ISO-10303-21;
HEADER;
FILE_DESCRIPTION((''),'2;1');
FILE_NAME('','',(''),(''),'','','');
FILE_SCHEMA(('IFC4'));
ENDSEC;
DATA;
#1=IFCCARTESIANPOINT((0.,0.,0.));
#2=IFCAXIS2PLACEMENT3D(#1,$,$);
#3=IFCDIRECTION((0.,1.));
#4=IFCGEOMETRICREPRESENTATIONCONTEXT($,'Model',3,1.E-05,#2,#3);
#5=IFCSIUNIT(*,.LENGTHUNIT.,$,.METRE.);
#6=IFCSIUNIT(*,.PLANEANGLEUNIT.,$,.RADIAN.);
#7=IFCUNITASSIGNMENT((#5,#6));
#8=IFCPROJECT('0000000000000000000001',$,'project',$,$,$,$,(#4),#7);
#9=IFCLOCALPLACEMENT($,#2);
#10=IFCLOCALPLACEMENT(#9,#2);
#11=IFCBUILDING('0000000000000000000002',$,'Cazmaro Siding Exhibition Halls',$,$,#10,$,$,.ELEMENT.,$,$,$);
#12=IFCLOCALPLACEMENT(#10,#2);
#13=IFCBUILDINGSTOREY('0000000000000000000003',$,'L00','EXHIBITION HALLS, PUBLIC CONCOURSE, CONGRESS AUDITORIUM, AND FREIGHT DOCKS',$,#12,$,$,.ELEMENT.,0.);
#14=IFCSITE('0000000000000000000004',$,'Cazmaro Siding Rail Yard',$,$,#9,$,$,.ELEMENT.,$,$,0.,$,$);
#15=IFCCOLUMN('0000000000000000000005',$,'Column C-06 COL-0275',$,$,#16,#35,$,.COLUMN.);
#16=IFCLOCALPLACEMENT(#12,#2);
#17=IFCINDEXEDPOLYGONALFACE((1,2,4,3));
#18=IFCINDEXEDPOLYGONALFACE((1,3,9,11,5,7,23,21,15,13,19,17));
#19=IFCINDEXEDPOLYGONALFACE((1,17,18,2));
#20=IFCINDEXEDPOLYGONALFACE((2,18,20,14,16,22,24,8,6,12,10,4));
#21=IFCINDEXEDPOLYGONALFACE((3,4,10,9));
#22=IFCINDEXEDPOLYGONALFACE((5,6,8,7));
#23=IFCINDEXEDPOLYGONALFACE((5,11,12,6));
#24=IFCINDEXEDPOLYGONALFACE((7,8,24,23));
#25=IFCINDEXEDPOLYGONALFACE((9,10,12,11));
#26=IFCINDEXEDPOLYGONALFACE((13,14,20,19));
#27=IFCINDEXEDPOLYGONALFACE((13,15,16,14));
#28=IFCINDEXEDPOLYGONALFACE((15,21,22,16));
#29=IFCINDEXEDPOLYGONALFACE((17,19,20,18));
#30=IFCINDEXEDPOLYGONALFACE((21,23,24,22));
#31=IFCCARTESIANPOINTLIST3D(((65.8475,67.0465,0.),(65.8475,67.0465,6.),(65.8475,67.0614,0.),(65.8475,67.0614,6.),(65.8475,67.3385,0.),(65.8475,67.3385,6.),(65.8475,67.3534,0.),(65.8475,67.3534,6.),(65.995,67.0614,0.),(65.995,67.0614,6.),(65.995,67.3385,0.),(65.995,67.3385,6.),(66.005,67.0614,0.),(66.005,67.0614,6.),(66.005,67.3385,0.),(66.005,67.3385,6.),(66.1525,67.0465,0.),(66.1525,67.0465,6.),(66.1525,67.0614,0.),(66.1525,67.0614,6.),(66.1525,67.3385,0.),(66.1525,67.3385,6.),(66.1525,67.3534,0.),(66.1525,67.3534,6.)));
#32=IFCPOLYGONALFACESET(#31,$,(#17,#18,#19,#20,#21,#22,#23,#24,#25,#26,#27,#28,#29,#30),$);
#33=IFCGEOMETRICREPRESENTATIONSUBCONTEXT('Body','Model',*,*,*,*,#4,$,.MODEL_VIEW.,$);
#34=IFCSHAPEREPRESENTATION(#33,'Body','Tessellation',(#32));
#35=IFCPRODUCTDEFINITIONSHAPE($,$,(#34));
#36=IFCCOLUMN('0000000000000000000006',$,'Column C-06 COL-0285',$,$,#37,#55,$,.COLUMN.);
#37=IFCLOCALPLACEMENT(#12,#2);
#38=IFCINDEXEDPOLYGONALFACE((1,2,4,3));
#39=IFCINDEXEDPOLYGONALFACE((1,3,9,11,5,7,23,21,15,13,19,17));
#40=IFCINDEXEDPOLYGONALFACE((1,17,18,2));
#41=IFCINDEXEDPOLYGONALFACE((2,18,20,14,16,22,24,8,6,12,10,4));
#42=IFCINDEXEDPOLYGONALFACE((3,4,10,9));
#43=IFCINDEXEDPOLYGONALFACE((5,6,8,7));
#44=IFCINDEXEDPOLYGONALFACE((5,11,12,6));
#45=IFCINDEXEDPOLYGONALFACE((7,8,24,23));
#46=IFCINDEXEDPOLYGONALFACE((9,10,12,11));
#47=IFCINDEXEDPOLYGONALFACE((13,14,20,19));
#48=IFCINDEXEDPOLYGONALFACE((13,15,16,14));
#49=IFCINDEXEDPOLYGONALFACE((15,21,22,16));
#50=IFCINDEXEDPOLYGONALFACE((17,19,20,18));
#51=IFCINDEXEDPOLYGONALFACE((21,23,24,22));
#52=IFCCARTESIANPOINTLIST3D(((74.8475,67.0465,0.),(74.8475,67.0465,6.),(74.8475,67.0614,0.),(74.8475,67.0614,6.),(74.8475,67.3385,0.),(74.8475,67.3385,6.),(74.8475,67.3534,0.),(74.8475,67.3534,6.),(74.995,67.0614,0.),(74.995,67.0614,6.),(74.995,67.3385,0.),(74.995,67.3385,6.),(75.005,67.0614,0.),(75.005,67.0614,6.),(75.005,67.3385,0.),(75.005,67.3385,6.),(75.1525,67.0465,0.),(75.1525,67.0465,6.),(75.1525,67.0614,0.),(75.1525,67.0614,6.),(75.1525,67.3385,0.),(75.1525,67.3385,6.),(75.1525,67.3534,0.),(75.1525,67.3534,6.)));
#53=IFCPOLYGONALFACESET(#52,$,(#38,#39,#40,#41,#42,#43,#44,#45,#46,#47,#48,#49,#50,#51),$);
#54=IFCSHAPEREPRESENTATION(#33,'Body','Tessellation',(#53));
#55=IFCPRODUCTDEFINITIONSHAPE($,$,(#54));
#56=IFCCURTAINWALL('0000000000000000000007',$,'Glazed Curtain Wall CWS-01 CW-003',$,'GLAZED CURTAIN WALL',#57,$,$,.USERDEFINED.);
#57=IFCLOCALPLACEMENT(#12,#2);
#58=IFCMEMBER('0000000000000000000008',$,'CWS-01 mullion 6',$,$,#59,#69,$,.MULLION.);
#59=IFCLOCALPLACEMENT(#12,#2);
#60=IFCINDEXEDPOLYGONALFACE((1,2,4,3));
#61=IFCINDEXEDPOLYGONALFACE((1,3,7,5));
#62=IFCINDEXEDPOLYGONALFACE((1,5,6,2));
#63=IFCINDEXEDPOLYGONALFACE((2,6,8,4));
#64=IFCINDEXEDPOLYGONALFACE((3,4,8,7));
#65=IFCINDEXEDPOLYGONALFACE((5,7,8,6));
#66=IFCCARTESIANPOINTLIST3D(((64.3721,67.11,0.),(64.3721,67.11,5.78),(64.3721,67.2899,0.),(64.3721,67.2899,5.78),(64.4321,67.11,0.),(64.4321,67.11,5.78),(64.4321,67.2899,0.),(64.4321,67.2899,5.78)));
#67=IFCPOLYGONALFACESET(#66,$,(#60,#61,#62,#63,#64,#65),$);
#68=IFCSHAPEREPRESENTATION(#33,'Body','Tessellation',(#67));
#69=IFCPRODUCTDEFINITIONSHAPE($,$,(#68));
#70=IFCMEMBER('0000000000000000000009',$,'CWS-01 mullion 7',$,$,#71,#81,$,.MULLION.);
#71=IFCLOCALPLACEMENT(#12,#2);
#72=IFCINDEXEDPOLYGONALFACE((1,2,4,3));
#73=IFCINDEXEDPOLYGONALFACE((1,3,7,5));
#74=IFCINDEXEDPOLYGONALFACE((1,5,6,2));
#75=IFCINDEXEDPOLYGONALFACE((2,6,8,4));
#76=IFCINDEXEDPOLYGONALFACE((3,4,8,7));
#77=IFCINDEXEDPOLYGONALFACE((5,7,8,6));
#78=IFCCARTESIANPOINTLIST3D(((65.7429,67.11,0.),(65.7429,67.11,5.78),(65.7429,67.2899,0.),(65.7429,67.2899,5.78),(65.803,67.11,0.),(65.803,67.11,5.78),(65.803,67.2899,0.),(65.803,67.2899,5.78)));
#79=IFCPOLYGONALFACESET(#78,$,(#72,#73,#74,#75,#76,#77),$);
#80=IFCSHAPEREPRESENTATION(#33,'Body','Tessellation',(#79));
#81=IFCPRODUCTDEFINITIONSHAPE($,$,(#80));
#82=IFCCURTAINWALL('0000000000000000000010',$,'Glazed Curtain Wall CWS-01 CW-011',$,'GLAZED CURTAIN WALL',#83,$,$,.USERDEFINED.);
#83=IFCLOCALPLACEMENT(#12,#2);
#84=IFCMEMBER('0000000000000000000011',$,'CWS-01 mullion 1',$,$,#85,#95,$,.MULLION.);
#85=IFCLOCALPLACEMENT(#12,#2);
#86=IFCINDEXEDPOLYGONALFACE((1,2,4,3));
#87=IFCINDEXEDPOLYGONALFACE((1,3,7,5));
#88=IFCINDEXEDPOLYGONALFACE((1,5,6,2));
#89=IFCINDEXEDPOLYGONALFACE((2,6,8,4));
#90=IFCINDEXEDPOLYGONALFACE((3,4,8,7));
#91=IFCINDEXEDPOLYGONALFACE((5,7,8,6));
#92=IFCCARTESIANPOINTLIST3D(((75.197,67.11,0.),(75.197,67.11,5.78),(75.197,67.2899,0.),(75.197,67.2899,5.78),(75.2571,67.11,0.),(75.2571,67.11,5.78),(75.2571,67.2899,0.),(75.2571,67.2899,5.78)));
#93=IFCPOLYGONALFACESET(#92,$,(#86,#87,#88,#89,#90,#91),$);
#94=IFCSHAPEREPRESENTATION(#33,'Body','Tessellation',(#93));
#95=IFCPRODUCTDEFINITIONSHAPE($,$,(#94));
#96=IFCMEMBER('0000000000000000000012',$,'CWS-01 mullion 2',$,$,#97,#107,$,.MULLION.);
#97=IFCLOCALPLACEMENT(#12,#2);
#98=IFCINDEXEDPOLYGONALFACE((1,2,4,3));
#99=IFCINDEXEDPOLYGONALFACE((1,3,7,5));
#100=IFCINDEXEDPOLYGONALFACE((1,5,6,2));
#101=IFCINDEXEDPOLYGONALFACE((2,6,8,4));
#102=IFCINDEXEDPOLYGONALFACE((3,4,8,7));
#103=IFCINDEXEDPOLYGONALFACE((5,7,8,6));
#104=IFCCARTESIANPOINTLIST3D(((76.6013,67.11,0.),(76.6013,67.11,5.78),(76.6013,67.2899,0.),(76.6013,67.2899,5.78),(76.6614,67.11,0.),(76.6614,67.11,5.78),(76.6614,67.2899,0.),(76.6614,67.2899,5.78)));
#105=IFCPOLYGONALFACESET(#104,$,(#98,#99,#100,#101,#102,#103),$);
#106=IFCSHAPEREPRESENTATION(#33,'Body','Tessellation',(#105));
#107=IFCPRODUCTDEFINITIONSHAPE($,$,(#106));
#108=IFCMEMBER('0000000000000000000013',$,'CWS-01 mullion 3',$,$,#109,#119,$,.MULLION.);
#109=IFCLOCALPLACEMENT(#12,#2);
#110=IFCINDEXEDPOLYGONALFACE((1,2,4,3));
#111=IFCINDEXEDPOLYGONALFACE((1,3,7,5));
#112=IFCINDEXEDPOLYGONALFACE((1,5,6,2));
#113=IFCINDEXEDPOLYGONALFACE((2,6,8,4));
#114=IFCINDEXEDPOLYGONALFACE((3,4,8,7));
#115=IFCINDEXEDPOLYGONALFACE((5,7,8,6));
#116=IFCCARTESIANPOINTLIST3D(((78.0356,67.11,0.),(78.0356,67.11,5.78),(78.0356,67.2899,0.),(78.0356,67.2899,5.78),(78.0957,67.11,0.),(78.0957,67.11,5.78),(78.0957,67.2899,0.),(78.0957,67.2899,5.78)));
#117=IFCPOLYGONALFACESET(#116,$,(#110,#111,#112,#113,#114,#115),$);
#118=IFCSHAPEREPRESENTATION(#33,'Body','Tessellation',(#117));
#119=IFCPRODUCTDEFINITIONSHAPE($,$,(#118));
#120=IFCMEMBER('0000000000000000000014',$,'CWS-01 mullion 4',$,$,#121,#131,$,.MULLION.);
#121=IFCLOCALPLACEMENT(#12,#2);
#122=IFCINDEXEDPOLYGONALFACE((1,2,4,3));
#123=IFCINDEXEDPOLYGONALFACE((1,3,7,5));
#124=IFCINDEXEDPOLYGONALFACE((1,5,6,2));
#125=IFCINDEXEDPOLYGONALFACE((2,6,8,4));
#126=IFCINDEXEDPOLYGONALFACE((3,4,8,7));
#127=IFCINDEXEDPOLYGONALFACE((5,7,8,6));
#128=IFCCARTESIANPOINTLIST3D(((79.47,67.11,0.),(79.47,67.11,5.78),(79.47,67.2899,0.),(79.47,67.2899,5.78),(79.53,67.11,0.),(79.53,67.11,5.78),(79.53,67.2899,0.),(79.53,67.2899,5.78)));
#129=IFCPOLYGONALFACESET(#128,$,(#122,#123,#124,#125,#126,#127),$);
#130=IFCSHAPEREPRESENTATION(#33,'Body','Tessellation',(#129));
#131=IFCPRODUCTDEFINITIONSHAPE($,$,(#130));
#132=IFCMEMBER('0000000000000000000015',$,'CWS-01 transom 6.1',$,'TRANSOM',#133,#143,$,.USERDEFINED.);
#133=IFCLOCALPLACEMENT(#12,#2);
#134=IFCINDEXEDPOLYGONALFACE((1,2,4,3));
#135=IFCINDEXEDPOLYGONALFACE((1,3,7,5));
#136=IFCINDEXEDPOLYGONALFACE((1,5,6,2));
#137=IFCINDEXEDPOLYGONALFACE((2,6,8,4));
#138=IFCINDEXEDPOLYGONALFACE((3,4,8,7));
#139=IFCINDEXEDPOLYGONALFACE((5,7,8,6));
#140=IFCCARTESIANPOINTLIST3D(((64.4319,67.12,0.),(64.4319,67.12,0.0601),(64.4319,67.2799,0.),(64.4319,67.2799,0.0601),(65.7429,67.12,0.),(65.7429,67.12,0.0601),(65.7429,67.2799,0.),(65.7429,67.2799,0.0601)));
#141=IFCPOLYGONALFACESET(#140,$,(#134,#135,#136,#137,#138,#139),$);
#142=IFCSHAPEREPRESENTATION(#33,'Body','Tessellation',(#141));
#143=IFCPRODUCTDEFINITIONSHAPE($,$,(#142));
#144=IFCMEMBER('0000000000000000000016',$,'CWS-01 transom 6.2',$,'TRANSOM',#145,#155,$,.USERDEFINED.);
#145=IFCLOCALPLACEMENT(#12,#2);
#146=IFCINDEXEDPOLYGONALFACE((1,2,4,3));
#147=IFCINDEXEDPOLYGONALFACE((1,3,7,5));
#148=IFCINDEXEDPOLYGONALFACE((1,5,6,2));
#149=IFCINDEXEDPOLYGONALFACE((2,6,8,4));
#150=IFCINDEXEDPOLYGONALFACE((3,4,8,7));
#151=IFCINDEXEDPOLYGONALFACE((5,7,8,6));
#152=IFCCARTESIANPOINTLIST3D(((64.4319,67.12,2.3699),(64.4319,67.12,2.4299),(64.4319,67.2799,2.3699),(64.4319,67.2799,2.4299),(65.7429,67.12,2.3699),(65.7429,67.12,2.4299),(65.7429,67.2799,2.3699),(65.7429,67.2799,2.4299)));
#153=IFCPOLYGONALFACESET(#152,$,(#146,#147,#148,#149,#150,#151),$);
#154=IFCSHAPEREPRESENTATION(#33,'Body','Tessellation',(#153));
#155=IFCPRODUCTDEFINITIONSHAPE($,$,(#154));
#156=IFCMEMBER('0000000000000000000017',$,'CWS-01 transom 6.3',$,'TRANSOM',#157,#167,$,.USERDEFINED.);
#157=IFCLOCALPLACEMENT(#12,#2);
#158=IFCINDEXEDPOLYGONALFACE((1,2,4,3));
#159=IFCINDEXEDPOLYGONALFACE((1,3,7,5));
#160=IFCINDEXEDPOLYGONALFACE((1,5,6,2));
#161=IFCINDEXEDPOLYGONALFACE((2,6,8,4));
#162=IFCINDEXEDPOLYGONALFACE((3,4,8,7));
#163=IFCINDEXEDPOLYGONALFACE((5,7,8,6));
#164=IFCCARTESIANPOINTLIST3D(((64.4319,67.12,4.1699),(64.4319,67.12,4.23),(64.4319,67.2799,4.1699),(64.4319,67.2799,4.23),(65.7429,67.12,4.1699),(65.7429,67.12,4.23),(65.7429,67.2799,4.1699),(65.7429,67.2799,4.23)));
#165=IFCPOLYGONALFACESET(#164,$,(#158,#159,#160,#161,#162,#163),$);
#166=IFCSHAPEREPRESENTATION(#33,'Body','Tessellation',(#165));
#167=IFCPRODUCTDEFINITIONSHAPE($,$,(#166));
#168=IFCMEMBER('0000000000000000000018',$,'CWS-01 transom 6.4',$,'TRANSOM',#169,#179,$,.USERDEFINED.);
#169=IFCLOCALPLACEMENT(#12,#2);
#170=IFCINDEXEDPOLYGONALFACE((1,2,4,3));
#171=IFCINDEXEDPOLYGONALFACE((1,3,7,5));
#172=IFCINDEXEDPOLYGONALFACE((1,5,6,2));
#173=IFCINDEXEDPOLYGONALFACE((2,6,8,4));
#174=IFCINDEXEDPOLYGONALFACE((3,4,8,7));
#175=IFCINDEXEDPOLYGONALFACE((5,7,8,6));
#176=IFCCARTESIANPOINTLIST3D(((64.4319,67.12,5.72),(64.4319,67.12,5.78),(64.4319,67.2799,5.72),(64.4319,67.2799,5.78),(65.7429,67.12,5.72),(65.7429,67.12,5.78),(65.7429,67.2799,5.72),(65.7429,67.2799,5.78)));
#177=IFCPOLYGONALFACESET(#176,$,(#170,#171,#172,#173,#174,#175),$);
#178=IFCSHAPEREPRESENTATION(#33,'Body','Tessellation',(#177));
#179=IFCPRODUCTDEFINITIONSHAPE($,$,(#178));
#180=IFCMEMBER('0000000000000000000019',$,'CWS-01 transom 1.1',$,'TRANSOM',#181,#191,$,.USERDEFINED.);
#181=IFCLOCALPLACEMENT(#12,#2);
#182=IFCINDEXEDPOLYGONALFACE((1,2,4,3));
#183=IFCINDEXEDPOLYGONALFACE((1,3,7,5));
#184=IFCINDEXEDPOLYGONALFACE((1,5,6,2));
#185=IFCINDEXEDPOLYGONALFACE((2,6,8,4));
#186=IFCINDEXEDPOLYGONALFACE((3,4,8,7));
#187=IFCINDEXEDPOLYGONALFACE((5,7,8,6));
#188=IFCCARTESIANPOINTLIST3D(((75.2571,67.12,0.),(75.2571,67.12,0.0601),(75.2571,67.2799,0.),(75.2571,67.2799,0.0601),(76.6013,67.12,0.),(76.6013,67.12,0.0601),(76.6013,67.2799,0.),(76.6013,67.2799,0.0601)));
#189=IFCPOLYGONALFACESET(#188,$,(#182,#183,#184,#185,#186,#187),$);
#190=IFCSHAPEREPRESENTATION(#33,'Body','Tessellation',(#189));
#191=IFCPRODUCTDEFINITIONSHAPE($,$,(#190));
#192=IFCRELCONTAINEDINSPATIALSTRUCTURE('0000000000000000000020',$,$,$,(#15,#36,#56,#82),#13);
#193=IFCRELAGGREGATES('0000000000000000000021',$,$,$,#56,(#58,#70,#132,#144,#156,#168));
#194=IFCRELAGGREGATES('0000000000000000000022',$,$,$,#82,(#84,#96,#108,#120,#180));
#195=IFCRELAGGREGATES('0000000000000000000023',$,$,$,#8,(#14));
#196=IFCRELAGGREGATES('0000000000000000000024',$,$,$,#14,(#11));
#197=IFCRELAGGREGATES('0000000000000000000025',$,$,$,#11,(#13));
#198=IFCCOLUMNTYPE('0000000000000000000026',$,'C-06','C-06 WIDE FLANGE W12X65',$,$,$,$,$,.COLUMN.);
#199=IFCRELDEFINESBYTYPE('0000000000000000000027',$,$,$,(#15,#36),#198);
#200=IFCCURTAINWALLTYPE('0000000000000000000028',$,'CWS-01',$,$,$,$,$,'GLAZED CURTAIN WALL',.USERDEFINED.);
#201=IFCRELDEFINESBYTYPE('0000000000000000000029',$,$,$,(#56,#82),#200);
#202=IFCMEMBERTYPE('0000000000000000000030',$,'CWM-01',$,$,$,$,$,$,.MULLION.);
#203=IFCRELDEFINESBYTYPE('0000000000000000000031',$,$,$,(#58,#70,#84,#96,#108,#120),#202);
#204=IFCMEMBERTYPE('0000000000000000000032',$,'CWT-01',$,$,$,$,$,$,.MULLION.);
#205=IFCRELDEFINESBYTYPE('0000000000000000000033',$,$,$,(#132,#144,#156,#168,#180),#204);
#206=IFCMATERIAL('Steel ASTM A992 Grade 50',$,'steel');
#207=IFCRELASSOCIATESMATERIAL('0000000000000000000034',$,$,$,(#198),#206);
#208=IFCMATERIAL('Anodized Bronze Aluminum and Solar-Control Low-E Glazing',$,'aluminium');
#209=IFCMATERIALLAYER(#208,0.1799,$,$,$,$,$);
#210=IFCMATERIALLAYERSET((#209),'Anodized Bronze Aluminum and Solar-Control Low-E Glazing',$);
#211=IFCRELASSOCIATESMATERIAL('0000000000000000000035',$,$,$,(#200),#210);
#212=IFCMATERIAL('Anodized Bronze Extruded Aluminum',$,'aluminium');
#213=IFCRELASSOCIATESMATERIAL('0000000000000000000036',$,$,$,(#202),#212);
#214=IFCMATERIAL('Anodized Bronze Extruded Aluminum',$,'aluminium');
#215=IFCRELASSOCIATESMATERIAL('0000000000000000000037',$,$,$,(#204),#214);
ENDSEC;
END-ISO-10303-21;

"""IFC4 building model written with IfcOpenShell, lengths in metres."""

from ifc_helpers import new_model, si_unit, direction, frame, origin, origin_2d, place, context, subcontext, project, spatial, rectangle, i_section, extrude, material, layer, layer_set, material_profile, profile_set, type_object, element, aggregate, save


model = new_model("IFC4")

# Units and contexts
model_context = context("Model", 3, precision=1e-05, world=origin(), true_north=direction((0.0, 1.0)))
body_context = subcontext(model_context, "Body", "Model", "MODEL_VIEW")
ifc_project = project(units=[si_unit("LENGTHUNIT", "METRE"), si_unit("PLANEANGLEUNIT", "RADIAN")], contexts=[model_context])

# Site, building, storey
site_placement = place(None, origin())
site = spatial("IfcSite", under=ifc_project, at=site_placement, Name="Cazmaro Siding Rail Yard", CompositionType="ELEMENT", RefElevation=0.0)
building_placement = place(site_placement, origin())
building = spatial("IfcBuilding", under=site, at=building_placement, Name="Cazmaro Siding Exhibition Halls", CompositionType="ELEMENT")
storey_placement = place(building_placement, origin())
storey = spatial("IfcBuildingStorey", under=building, at=storey_placement, Name="L00", Description="EXHIBITION HALLS, PUBLIC CONCOURSE, CONGRESS AUDITORIUM, AND FREIGHT DOCKS", CompositionType="ELEMENT", Elevation=0.0)

# Columns
ifc_material_1 = material(Name="Steel ASTM A992 Grade 50", Category="steel")
ifc_material_profile_1 = material_profile(ifc_material_1, i_section(OverallWidth=0.3049, OverallDepth=0.3069, WebThickness=0.01, FlangeThickness=0.0149, at=origin_2d()), Name="W12X65")
ifc_profile_set_1 = profile_set([ifc_material_profile_1], Name="Steel ASTM A992 Grade 50")
column_type = type_object("IfcColumnType", Name="C-06", Description="C-06 WIDE FLANGE W12X65", PredefinedType="COLUMN", material=ifc_profile_set_1)
for number, where, z_axis, x_axis, name in (
    (1, (66.0, 67.2, 0.0), (0.0, 0.0, 1.0), (1.0, 0.0, 0.0), "Column C-06 COL-0275"),
    (2, (75.0, 67.2, 0.0), (0.0, 0.0, 1.0), (1.0, 0.0, 0.0), "Column C-06 COL-0285"),
):
    element("IfcColumn", number, at=place(storey_placement, frame(where, z_axis=z_axis, x_axis=x_axis)), inside=storey, type_object=column_type, Name=name, PredefinedType="COLUMN", context=body_context, shape_type="SweptSolid", body=[
        extrude(i_section(OverallWidth=0.3049, OverallDepth=0.3069, WebThickness=0.01, FlangeThickness=0.0149, at=origin_2d()), origin(), (0.0, 0.0, 1.0), 6.0),
    ])

# Curtain walls, members
ifc_material_2 = material(Name="Anodized Bronze Aluminum and Solar-Control Low-E Glazing", Category="aluminium")
ifc_layer_1 = layer(ifc_material_2, 0.1799)
ifc_layer_set_1 = layer_set([ifc_layer_1], Name="Anodized Bronze Aluminum and Solar-Control Low-E Glazing")
curtain_wall_type = type_object("IfcCurtainWallType", Name="CWS-01", ElementType="GLAZED CURTAIN WALL", PredefinedType="USERDEFINED", material=ifc_layer_set_1)
curtain_wall_1_placement = place(storey_placement, origin())
curtain_wall_1 = element("IfcCurtainWall", 3, at=curtain_wall_1_placement, inside=storey, type_object=curtain_wall_type, Name="Glazed Curtain Wall CWS-01 CW-003", ObjectType="GLAZED CURTAIN WALL", PredefinedType="USERDEFINED")
ifc_material_3 = material(Name="Anodized Bronze Extruded Aluminum", Category="aluminium")
ifc_material_profile_2 = material_profile(ifc_material_3, rectangle(XDim=0.1799, YDim=0.0601, at=origin_2d()), Name="CWM-01")
ifc_profile_set_2 = profile_set([ifc_material_profile_2], Name="Anodized Bronze Extruded Aluminum")
member_type_1 = type_object("IfcMemberType", Name="CWM-01", PredefinedType="MULLION", material=ifc_profile_set_2)
member_1_placement = place(storey_placement, frame((64.4021, 67.2, 0.0), z_axis=(0.0, 0.0, 1.0), x_axis=(0.0, 1.0, 0.0)))
member_1 = element("IfcMember", 4, at=member_1_placement, type_object=member_type_1, Name="CWS-01 mullion 6", PredefinedType="MULLION", context=body_context, shape_type="SweptSolid", body=[
    extrude(rectangle(XDim=0.1799, YDim=0.0601, at=origin_2d()), origin(), (0.0, 0.0, 1.0), 5.78),
])
member_2_placement = place(storey_placement, frame((65.7729, 67.2, 0.0), z_axis=(0.0, 0.0, 1.0), x_axis=(0.0, 1.0, 0.0)))
member_2 = element("IfcMember", 5, at=member_2_placement, type_object=member_type_1, Name="CWS-01 mullion 7", PredefinedType="MULLION", context=body_context, shape_type="SweptSolid", body=[
    extrude(rectangle(XDim=0.1799, YDim=0.0601, at=origin_2d()), origin(), (0.0, 0.0, 1.0), 5.78),
])
curtain_wall_2_placement = place(storey_placement, origin())
curtain_wall_2 = element("IfcCurtainWall", 6, at=curtain_wall_2_placement, inside=storey, type_object=curtain_wall_type, Name="Glazed Curtain Wall CWS-01 CW-011", ObjectType="GLAZED CURTAIN WALL", PredefinedType="USERDEFINED")
member_3_placement = place(storey_placement, frame((75.2271, 67.2, 0.0), z_axis=(0.0, 0.0, 1.0), x_axis=(0.0, 1.0, 0.0)))
member_3 = element("IfcMember", 7, at=member_3_placement, type_object=member_type_1, Name="CWS-01 mullion 1", PredefinedType="MULLION", context=body_context, shape_type="SweptSolid", body=[
    extrude(rectangle(XDim=0.1799, YDim=0.0601, at=origin_2d()), origin(), (0.0, 0.0, 1.0), 5.78),
])
member_4_placement = place(storey_placement, frame((76.6313, 67.2, 0.0), z_axis=(0.0, 0.0, 1.0), x_axis=(0.0, 1.0, 0.0)))
member_4 = element("IfcMember", 8, at=member_4_placement, type_object=member_type_1, Name="CWS-01 mullion 2", PredefinedType="MULLION", context=body_context, shape_type="SweptSolid", body=[
    extrude(rectangle(XDim=0.1799, YDim=0.0601, at=origin_2d()), origin(), (0.0, 0.0, 1.0), 5.78),
])
member_5_placement = place(storey_placement, frame((78.0657, 67.2, 0.0), z_axis=(0.0, 0.0, 1.0), x_axis=(0.0, 1.0, 0.0)))
member_5 = element("IfcMember", 9, at=member_5_placement, type_object=member_type_1, Name="CWS-01 mullion 3", PredefinedType="MULLION", context=body_context, shape_type="SweptSolid", body=[
    extrude(rectangle(XDim=0.1799, YDim=0.0601, at=origin_2d()), origin(), (0.0, 0.0, 1.0), 5.78),
])
member_6_placement = place(storey_placement, frame((79.5, 67.2, 0.0), z_axis=(0.0, 0.0, 1.0), x_axis=(0.0, 1.0, 0.0)))
member_6 = element("IfcMember", 10, at=member_6_placement, type_object=member_type_1, Name="CWS-01 mullion 4", PredefinedType="MULLION", context=body_context, shape_type="SweptSolid", body=[
    extrude(rectangle(XDim=0.1799, YDim=0.0601, at=origin_2d()), origin(), (0.0, 0.0, 1.0), 5.78),
])

# Members
ifc_material_4 = material(Name="Anodized Bronze Extruded Aluminum", Category="aluminium")
ifc_material_profile_3 = material_profile(ifc_material_4, rectangle(XDim=0.1599, YDim=0.0601, at=origin_2d()), Name="CWT-01")
ifc_profile_set_3 = profile_set([ifc_material_profile_3], Name="Anodized Bronze Extruded Aluminum")
member_type_2 = type_object("IfcMemberType", Name="CWT-01", PredefinedType="MULLION", material=ifc_profile_set_3)
member_7_placement = place(storey_placement, frame((64.4319, 67.2, 0.03), z_axis=(1.0, 0.0, 0.0), x_axis=(0.0, 1.0, 0.0)))
member_7 = element("IfcMember", 11, at=member_7_placement, type_object=member_type_2, Name="CWS-01 transom 6.1", ObjectType="TRANSOM", PredefinedType="USERDEFINED", context=body_context, shape_type="SweptSolid", body=[
    extrude(rectangle(XDim=0.1599, YDim=0.0601, at=origin_2d()), origin(), (0.0, 0.0, 1.0), 1.311),
])
member_8_placement = place(storey_placement, frame((64.4319, 67.2, 2.3999), z_axis=(1.0, 0.0, 0.0), x_axis=(0.0, 1.0, 0.0)))
member_8 = element("IfcMember", 12, at=member_8_placement, type_object=member_type_2, Name="CWS-01 transom 6.2", ObjectType="TRANSOM", PredefinedType="USERDEFINED", context=body_context, shape_type="SweptSolid", body=[
    extrude(rectangle(XDim=0.1599, YDim=0.0601, at=origin_2d()), origin(), (0.0, 0.0, 1.0), 1.311),
])
member_9_placement = place(storey_placement, frame((64.4319, 67.2, 4.2), z_axis=(1.0, 0.0, 0.0), x_axis=(0.0, 1.0, 0.0)))
member_9 = element("IfcMember", 13, at=member_9_placement, type_object=member_type_2, Name="CWS-01 transom 6.3", ObjectType="TRANSOM", PredefinedType="USERDEFINED", context=body_context, shape_type="SweptSolid", body=[
    extrude(rectangle(XDim=0.1599, YDim=0.0601, at=origin_2d()), origin(), (0.0, 0.0, 1.0), 1.311),
])
member_10_placement = place(storey_placement, frame((64.4319, 67.2, 5.75), z_axis=(1.0, 0.0, 0.0), x_axis=(0.0, 1.0, 0.0)))
member_10 = element("IfcMember", 14, at=member_10_placement, type_object=member_type_2, Name="CWS-01 transom 6.4", ObjectType="TRANSOM", PredefinedType="USERDEFINED", context=body_context, shape_type="SweptSolid", body=[
    extrude(rectangle(XDim=0.1599, YDim=0.0601, at=origin_2d()), origin(), (0.0, 0.0, 1.0), 1.311),
])
member_11_placement = place(storey_placement, frame((75.2571, 67.2, 0.03), z_axis=(1.0, 0.0, 0.0), x_axis=(0.0, 1.0, 0.0)))
member_11 = element("IfcMember", 15, at=member_11_placement, type_object=member_type_2, Name="CWS-01 transom 1.1", ObjectType="TRANSOM", PredefinedType="USERDEFINED", context=body_context, shape_type="SweptSolid", body=[
    extrude(rectangle(XDim=0.1599, YDim=0.0601, at=origin_2d()), origin(), (0.0, 0.0, 1.0), 1.3442),
])

aggregate(curtain_wall_1, [member_1, member_2, member_7, member_8, member_9, member_10])
aggregate(curtain_wall_2, [member_3, member_4, member_5, member_6, member_11])

save(model, "model.ifc")
